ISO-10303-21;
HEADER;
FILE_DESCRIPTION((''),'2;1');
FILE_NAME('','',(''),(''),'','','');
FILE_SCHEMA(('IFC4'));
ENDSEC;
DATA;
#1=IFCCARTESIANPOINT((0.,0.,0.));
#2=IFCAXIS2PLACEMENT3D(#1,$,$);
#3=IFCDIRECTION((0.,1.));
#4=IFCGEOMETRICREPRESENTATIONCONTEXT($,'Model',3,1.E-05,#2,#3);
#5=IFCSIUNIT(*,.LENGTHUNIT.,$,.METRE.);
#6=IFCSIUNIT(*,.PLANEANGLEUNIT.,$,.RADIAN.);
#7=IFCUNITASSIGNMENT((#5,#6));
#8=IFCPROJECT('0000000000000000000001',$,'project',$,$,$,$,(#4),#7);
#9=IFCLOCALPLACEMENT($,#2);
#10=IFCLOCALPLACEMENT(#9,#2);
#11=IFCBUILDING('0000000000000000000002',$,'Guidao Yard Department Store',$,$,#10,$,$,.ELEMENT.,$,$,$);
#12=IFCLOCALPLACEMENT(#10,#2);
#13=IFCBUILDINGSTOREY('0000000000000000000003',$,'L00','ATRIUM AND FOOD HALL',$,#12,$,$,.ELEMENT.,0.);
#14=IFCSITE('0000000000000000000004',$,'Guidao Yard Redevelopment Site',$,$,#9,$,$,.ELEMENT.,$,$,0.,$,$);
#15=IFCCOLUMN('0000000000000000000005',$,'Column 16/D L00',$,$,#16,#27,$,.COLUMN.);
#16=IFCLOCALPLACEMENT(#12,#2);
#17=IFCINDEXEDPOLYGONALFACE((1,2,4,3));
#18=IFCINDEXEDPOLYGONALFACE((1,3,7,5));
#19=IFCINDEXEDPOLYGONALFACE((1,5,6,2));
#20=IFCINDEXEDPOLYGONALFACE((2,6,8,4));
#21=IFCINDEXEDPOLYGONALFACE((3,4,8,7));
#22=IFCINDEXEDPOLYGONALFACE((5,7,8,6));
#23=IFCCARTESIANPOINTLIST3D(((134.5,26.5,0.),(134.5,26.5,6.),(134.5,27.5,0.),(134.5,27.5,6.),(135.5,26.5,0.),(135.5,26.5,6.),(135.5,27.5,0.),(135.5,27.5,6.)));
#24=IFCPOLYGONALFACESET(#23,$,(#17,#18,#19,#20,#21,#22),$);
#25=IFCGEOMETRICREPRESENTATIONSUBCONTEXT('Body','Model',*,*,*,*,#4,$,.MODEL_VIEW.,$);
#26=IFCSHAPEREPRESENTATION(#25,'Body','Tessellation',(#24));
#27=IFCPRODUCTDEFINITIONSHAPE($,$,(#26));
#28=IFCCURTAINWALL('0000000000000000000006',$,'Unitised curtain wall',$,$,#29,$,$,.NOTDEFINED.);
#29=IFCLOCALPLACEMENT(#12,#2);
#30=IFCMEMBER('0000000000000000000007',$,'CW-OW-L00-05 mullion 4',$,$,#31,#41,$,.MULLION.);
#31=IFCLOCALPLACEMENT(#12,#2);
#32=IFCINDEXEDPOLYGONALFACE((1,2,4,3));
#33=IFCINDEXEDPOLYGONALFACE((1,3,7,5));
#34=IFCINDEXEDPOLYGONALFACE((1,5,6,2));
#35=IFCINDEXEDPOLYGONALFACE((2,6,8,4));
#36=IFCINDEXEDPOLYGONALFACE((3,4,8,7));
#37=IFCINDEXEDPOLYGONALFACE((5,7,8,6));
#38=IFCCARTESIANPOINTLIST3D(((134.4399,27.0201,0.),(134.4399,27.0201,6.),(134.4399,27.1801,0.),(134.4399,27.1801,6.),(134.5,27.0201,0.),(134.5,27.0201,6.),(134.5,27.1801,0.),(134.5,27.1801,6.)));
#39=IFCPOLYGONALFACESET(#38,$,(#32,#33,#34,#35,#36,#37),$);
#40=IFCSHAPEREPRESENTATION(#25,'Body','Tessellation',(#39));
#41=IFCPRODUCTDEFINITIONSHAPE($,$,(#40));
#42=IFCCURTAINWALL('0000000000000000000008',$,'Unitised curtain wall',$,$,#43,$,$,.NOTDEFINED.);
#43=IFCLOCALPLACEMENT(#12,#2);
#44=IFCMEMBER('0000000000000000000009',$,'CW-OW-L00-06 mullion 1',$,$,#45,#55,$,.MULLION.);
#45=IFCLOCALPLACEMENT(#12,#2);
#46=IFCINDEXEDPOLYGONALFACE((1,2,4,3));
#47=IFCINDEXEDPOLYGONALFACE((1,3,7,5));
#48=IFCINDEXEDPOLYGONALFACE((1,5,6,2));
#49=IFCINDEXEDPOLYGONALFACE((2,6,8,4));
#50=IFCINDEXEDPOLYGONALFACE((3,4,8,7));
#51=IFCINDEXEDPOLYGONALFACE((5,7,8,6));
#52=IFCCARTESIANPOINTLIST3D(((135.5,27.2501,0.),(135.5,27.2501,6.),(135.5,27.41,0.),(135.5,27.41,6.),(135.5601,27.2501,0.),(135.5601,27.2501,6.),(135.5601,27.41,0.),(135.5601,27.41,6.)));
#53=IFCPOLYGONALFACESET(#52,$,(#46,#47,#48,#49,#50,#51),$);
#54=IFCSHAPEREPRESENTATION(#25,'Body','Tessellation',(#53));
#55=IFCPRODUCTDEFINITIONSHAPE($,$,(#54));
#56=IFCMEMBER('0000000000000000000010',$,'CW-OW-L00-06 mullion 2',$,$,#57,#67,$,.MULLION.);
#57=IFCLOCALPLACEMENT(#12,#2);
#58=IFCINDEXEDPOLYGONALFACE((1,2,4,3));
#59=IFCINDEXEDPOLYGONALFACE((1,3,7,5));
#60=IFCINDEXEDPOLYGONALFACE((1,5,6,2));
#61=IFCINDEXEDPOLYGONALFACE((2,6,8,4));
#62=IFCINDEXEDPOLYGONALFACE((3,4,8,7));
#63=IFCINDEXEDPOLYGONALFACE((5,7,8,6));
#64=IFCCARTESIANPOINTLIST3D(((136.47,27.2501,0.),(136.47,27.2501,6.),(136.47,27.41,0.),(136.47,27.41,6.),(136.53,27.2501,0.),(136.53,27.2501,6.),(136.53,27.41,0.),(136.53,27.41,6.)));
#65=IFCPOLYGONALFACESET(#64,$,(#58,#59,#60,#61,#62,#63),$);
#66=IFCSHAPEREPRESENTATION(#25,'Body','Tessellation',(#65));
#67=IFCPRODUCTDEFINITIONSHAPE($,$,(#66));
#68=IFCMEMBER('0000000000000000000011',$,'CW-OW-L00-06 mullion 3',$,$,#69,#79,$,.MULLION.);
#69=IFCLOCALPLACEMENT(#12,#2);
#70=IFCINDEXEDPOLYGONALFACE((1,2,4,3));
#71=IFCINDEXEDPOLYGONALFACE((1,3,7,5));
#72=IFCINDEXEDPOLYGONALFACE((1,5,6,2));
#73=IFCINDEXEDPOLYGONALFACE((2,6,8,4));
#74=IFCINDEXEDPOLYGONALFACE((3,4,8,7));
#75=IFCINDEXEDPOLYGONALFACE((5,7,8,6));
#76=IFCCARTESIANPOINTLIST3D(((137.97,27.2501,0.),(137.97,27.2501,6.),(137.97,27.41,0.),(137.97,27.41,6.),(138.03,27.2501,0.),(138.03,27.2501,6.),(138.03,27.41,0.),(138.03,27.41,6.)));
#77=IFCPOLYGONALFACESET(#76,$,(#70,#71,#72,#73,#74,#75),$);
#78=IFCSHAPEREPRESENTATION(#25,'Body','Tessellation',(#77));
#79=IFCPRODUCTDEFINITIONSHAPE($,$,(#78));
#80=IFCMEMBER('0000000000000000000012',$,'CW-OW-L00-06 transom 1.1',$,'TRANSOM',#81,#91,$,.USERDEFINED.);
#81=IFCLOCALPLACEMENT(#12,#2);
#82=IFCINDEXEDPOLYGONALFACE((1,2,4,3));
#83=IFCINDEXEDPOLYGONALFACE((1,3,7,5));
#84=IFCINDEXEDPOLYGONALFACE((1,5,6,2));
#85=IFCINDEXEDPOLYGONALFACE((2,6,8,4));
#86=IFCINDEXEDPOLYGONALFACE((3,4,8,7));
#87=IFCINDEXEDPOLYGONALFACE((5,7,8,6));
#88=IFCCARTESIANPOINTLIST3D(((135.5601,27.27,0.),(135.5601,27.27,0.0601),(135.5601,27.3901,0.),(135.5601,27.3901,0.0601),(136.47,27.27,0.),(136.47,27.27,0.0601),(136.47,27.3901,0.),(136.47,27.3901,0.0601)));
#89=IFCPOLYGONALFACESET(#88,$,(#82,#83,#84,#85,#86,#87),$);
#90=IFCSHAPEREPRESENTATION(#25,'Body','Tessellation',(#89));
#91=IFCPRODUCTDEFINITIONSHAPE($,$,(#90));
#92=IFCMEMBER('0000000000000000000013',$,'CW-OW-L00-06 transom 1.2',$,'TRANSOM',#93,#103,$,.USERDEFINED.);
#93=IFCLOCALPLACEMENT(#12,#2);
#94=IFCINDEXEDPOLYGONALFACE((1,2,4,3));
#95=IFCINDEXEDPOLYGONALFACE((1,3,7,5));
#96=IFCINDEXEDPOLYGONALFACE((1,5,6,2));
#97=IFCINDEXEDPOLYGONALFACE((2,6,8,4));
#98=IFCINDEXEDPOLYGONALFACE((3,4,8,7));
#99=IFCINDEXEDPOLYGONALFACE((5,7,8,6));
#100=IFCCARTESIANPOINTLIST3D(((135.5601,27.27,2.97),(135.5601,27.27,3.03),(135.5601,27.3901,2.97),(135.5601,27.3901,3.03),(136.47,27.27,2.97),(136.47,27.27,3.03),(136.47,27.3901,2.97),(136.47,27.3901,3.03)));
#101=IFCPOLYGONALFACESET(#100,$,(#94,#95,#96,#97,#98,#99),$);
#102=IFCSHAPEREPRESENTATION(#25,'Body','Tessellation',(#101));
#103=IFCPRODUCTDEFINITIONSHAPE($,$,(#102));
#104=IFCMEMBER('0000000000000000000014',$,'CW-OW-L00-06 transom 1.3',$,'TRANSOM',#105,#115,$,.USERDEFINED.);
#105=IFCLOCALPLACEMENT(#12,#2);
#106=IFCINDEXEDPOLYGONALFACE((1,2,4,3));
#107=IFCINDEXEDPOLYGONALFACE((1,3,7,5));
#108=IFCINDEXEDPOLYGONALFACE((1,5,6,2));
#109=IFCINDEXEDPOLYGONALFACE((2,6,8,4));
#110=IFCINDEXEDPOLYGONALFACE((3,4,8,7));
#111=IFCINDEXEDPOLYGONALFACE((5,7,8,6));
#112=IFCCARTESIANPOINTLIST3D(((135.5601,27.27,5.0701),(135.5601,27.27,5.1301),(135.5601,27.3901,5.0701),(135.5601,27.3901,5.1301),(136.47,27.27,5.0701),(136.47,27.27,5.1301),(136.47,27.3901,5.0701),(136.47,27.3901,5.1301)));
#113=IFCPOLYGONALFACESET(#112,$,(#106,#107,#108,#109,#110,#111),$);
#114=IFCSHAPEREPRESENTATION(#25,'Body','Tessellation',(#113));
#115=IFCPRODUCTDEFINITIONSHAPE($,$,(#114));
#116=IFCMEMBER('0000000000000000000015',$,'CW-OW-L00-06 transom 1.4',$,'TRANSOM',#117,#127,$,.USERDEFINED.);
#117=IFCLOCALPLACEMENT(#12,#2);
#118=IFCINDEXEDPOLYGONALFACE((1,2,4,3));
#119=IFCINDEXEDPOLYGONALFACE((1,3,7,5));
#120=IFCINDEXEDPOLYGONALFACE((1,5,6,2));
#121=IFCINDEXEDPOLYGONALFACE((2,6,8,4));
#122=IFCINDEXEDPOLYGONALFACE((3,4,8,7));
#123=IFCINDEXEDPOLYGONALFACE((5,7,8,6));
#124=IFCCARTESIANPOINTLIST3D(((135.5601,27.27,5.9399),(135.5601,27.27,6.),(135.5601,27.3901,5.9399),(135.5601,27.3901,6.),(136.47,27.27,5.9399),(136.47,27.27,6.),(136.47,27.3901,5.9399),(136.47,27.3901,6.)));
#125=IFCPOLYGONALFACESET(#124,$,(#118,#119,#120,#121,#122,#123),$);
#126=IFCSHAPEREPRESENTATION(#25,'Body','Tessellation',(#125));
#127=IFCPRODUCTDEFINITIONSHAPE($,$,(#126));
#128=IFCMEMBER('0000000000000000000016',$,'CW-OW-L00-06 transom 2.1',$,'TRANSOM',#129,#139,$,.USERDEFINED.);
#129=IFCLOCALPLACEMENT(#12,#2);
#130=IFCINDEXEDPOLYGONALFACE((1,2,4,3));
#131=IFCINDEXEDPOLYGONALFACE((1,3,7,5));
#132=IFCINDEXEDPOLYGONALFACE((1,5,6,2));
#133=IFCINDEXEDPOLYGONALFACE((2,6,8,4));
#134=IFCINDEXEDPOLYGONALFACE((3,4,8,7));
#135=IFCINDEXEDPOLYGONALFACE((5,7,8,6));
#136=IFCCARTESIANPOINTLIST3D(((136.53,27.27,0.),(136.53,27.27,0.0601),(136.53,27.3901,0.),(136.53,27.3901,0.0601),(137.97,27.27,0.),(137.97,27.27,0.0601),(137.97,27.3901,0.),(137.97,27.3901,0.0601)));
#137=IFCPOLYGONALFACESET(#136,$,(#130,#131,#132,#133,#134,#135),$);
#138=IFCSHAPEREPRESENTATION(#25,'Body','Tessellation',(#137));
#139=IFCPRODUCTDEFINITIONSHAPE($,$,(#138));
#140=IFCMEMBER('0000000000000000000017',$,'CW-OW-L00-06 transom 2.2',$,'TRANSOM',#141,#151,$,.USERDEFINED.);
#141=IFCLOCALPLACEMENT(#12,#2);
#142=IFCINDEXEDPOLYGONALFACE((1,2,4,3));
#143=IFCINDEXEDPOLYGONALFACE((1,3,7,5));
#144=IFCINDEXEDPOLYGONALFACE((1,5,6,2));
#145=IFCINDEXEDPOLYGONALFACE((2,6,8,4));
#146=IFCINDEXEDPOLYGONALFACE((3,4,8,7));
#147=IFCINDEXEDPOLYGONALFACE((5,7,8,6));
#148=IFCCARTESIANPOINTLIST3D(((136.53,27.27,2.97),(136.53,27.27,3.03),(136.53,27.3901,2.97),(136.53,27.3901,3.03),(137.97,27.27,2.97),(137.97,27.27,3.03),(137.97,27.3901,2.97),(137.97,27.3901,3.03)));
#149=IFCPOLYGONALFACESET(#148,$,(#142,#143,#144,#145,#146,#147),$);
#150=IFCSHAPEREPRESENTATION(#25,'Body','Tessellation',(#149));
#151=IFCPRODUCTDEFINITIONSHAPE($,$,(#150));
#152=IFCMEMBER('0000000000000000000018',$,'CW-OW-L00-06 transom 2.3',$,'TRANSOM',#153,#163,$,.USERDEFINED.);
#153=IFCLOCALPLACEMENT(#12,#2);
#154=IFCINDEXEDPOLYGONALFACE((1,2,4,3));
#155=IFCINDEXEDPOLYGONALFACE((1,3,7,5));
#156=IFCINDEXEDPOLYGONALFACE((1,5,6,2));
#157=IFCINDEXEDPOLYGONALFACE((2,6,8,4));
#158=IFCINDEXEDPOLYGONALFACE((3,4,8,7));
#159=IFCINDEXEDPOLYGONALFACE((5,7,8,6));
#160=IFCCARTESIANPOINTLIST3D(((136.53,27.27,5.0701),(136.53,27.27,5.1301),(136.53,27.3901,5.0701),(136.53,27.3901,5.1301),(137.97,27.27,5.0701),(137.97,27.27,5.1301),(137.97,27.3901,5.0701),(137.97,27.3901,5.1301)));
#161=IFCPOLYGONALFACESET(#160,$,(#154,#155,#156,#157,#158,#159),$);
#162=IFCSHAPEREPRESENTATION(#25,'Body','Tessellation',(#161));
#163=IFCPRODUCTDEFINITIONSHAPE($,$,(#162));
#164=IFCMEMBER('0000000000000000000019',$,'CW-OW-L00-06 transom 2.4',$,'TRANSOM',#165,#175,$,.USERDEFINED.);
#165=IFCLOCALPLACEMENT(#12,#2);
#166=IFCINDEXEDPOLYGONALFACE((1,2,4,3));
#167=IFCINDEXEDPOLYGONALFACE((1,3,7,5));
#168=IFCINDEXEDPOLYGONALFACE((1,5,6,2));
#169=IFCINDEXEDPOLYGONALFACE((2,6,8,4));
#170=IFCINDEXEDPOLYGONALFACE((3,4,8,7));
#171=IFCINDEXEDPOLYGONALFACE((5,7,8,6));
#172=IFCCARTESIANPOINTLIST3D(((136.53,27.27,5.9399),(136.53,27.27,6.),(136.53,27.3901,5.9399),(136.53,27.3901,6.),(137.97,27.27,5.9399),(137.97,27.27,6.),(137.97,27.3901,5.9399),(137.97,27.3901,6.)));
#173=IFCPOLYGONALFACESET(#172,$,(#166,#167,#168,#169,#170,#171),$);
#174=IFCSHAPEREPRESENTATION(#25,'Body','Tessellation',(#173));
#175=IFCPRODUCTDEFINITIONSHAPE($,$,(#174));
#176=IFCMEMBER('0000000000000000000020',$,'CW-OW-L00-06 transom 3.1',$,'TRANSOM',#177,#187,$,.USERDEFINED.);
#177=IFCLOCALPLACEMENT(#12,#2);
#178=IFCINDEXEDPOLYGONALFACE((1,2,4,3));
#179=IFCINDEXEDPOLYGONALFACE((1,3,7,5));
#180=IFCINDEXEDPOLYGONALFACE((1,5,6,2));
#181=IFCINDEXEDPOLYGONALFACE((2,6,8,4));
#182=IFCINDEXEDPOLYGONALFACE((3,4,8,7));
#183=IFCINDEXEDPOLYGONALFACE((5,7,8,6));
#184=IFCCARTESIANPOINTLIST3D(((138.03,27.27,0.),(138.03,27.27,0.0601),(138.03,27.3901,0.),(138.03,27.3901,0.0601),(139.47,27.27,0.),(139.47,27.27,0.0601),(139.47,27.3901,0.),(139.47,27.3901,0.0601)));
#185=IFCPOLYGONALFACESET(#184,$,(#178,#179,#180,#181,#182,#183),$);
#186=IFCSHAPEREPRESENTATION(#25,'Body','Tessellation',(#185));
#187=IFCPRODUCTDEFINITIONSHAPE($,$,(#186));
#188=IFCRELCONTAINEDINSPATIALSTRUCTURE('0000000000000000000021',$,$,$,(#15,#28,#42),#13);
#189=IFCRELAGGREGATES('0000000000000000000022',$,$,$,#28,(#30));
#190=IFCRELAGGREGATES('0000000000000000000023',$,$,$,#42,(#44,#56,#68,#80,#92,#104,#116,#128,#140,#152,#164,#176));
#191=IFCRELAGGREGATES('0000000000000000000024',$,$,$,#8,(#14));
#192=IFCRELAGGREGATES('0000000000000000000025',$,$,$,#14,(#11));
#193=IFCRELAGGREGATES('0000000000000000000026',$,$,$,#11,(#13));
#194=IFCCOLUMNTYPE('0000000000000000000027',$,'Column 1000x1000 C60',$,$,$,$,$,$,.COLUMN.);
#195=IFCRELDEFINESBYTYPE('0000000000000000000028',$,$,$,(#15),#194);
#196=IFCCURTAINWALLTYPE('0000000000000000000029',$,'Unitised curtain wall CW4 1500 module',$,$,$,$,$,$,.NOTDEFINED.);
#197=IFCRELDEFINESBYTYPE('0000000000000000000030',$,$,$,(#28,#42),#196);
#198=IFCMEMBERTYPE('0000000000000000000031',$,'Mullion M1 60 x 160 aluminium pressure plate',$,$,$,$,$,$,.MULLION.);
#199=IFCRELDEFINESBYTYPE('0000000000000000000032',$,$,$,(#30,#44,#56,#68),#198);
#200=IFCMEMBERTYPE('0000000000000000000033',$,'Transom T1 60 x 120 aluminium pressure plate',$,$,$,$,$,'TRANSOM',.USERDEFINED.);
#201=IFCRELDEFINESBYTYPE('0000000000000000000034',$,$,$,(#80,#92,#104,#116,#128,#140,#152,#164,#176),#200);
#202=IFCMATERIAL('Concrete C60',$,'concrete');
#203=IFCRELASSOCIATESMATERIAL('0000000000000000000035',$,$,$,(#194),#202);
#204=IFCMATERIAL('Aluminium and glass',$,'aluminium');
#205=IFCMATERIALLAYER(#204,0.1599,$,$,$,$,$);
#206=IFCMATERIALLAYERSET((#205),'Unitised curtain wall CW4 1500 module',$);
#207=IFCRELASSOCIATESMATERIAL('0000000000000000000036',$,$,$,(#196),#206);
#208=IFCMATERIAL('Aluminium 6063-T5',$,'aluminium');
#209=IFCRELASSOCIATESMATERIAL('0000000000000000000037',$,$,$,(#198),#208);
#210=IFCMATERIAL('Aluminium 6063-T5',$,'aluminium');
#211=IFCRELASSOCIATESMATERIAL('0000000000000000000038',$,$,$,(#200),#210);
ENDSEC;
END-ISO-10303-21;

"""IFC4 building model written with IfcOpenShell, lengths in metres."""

from ifc_helpers import new_model, si_unit, direction, frame, origin, origin_2d, place, context, subcontext, project, spatial, rectangle, extrude, material, layer, layer_set, material_profile, profile_set, type_object, element, aggregate, save


model = new_model("IFC4")

# Units and contexts
model_context = context("Model", 3, precision=1e-05, world=origin(), true_north=direction((0.0, 1.0)))
body_context = subcontext(model_context, "Body", "Model", "MODEL_VIEW")
ifc_project = project(units=[si_unit("LENGTHUNIT", "METRE"), si_unit("PLANEANGLEUNIT", "RADIAN")], contexts=[model_context])

# Site, building, storey
site_placement = place(None, origin())
site = spatial("IfcSite", under=ifc_project, at=site_placement, Name="Guidao Yard Redevelopment Site", CompositionType="ELEMENT", RefElevation=0.0)
building_placement = place(site_placement, origin())
building = spatial("IfcBuilding", under=site, at=building_placement, Name="Guidao Yard Department Store", CompositionType="ELEMENT")
storey_placement = place(building_placement, origin())
storey = spatial("IfcBuildingStorey", under=building, at=storey_placement, Name="L00", Description="ATRIUM AND FOOD HALL", CompositionType="ELEMENT", Elevation=0.0)

# Column
ifc_material_1 = material(Name="Concrete C60", Category="concrete")
ifc_material_profile_1 = material_profile(ifc_material_1, rectangle(XDim=1.0, YDim=1.0, at=origin_2d()), Name="COL 1000x1000")
ifc_profile_set_1 = profile_set([ifc_material_profile_1], Name="Concrete C60")
column_type = type_object("IfcColumnType", Name="Column 1000x1000 C60", PredefinedType="COLUMN", material=ifc_profile_set_1)
column_placement = place(storey_placement, frame((135.0, 27.0, 0.0), z_axis=(0.0, 0.0, 1.0), x_axis=(1.0, 0.0, 0.0)))
element("IfcColumn", 1, at=column_placement, inside=storey, type_object=column_type, Name="Column 16/D L00", PredefinedType="COLUMN", context=body_context, shape_type="SweptSolid", body=[
    extrude(rectangle(XDim=1.0, YDim=1.0, at=origin_2d()), origin(), (0.0, 0.0, 1.0), 6.0),
])

# Curtain wall, member
ifc_material_2 = material(Name="Aluminium and glass", Category="aluminium")
ifc_layer_1 = layer(ifc_material_2, 0.1599)
ifc_layer_set_1 = layer_set([ifc_layer_1], Name="Unitised curtain wall CW4 1500 module")
curtain_wall_type = type_object("IfcCurtainWallType", Name="Unitised curtain wall CW4 1500 module", PredefinedType="NOTDEFINED", material=ifc_layer_set_1)
curtain_wall_1_placement = place(storey_placement, origin())
curtain_wall_1 = element("IfcCurtainWall", 2, at=curtain_wall_1_placement, inside=storey, type_object=curtain_wall_type, Name="Unitised curtain wall", PredefinedType="NOTDEFINED")
ifc_material_3 = material(Name="Aluminium 6063-T5", Category="aluminium")
ifc_material_profile_2 = material_profile(ifc_material_3, rectangle(XDim=0.0601, YDim=0.1599, at=origin_2d()), Name="Mullion M1 60 x 160 aluminium pressure plate")
ifc_profile_set_2 = profile_set([ifc_material_profile_2], Name="Aluminium 6063-T5")
member_type_1 = type_object("IfcMemberType", Name="Mullion M1 60 x 160 aluminium pressure plate", PredefinedType="MULLION", material=ifc_profile_set_2)
member_1_placement = place(storey_placement, frame((134.47, 27.1001, 0.0), z_axis=(0.0, 0.0, 1.0), x_axis=(1.0, 0.0, 0.0)))
member_1 = element("IfcMember", 3, at=member_1_placement, type_object=member_type_1, Name="CW-OW-L00-05 mullion 4", PredefinedType="MULLION", context=body_context, shape_type="SweptSolid", body=[
    extrude(rectangle(XDim=0.0601, YDim=0.1599, at=origin_2d()), origin(), (0.0, 0.0, 1.0), 6.0),
])

# Curtain wall, members
curtain_wall_2_placement = place(storey_placement, origin())
curtain_wall_2 = element("IfcCurtainWall", 4, at=curtain_wall_2_placement, inside=storey, type_object=curtain_wall_type, Name="Unitised curtain wall", PredefinedType="NOTDEFINED")
member_2_placement = place(storey_placement, frame((135.53, 27.3301, 0.0), z_axis=(0.0, 0.0, 1.0), x_axis=(1.0, 0.0, 0.0)))
member_2 = element("IfcMember", 5, at=member_2_placement, type_object=member_type_1, Name="CW-OW-L00-06 mullion 1", PredefinedType="MULLION", context=body_context, shape_type="SweptSolid", body=[
    extrude(rectangle(XDim=0.0601, YDim=0.1599, at=origin_2d()), origin(), (0.0, 0.0, 1.0), 6.0),
])
member_3_placement = place(storey_placement, frame((136.5, 27.3301, 0.0), z_axis=(0.0, 0.0, 1.0), x_axis=(1.0, 0.0, 0.0)))
member_3 = element("IfcMember", 6, at=member_3_placement, type_object=member_type_1, Name="CW-OW-L00-06 mullion 2", PredefinedType="MULLION", context=body_context, shape_type="SweptSolid", body=[
    extrude(rectangle(XDim=0.0601, YDim=0.1599, at=origin_2d()), origin(), (0.0, 0.0, 1.0), 6.0),
])
member_4_placement = place(storey_placement, frame((138.0, 27.3301, 0.0), z_axis=(0.0, 0.0, 1.0), x_axis=(1.0, 0.0, 0.0)))
member_4 = element("IfcMember", 7, at=member_4_placement, type_object=member_type_1, Name="CW-OW-L00-06 mullion 3", PredefinedType="MULLION", context=body_context, shape_type="SweptSolid", body=[
    extrude(rectangle(XDim=0.0601, YDim=0.1599, at=origin_2d()), origin(), (0.0, 0.0, 1.0), 6.0),
])
ifc_material_4 = material(Name="Aluminium 6063-T5", Category="aluminium")
ifc_material_profile_3 = material_profile(ifc_material_4, rectangle(XDim=0.1201, YDim=0.0601, at=origin_2d()), Name="Transom T1 60 x 120 aluminium pressure plate")
ifc_profile_set_3 = profile_set([ifc_material_profile_3], Name="Aluminium 6063-T5")
member_type_2 = type_object("IfcMemberType", Name="Transom T1 60 x 120 aluminium pressure plate", ElementType="TRANSOM", PredefinedType="USERDEFINED", material=ifc_profile_set_3)
member_5_placement = place(storey_placement, frame((135.5601, 27.3301, 0.03), z_axis=(1.0, 0.0, 0.0), x_axis=(0.0, 1.0, 0.0)))
member_5 = element("IfcMember", 8, at=member_5_placement, type_object=member_type_2, Name="CW-OW-L00-06 transom 1.1", ObjectType="TRANSOM", PredefinedType="USERDEFINED", context=body_context, shape_type="SweptSolid", body=[
    extrude(rectangle(XDim=0.1201, YDim=0.0601, at=origin_2d()), origin(), (0.0, 0.0, 1.0), 0.9099),
])
member_6_placement = place(storey_placement, frame((135.5601, 27.3301, 3.0), z_axis=(1.0, 0.0, 0.0), x_axis=(0.0, 1.0, 0.0)))
member_6 = element("IfcMember", 9, at=member_6_placement, type_object=member_type_2, Name="CW-OW-L00-06 transom 1.2", ObjectType="TRANSOM", PredefinedType="USERDEFINED", context=body_context, shape_type="SweptSolid", body=[
    extrude(rectangle(XDim=0.1201, YDim=0.0601, at=origin_2d()), origin(), (0.0, 0.0, 1.0), 0.9099),
])
member_7_placement = place(storey_placement, frame((135.5601, 27.3301, 5.1001), z_axis=(1.0, 0.0, 0.0), x_axis=(0.0, 1.0, 0.0)))
member_7 = element("IfcMember", 10, at=member_7_placement, type_object=member_type_2, Name="CW-OW-L00-06 transom 1.3", ObjectType="TRANSOM", PredefinedType="USERDEFINED", context=body_context, shape_type="SweptSolid", body=[
    extrude(rectangle(XDim=0.1201, YDim=0.0601, at=origin_2d()), origin(), (0.0, 0.0, 1.0), 0.9099),
])
member_8_placement = place(storey_placement, frame((135.5601, 27.3301, 5.97), z_axis=(1.0, 0.0, 0.0), x_axis=(0.0, 1.0, 0.0)))
member_8 = element("IfcMember", 11, at=member_8_placement, type_object=member_type_2, Name="CW-OW-L00-06 transom 1.4", ObjectType="TRANSOM", PredefinedType="USERDEFINED", context=body_context, shape_type="SweptSolid", body=[
    extrude(rectangle(XDim=0.1201, YDim=0.0601, at=origin_2d()), origin(), (0.0, 0.0, 1.0), 0.9099),
])
member_9_placement = place(storey_placement, frame((136.53, 27.3301, 0.03), z_axis=(1.0, 0.0, 0.0), x_axis=(0.0, 1.0, 0.0)))
member_9 = element("IfcMember", 12, at=member_9_placement, type_object=member_type_2, Name="CW-OW-L00-06 transom 2.1", ObjectType="TRANSOM", PredefinedType="USERDEFINED", context=body_context, shape_type="SweptSolid", body=[
    extrude(rectangle(XDim=0.1201, YDim=0.0601, at=origin_2d()), origin(), (0.0, 0.0, 1.0), 1.4399),
])
member_10_placement = place(storey_placement, frame((136.53, 27.3301, 3.0), z_axis=(1.0, 0.0, 0.0), x_axis=(0.0, 1.0, 0.0)))
member_10 = element("IfcMember", 13, at=member_10_placement, type_object=member_type_2, Name="CW-OW-L00-06 transom 2.2", ObjectType="TRANSOM", PredefinedType="USERDEFINED", context=body_context, shape_type="SweptSolid", body=[
    extrude(rectangle(XDim=0.1201, YDim=0.0601, at=origin_2d()), origin(), (0.0, 0.0, 1.0), 1.4399),
])
member_11_placement = place(storey_placement, frame((136.53, 27.3301, 5.1001), z_axis=(1.0, 0.0, 0.0), x_axis=(0.0, 1.0, 0.0)))
member_11 = element("IfcMember", 14, at=member_11_placement, type_object=member_type_2, Name="CW-OW-L00-06 transom 2.3", ObjectType="TRANSOM", PredefinedType="USERDEFINED", context=body_context, shape_type="SweptSolid", body=[
    extrude(rectangle(XDim=0.1201, YDim=0.0601, at=origin_2d()), origin(), (0.0, 0.0, 1.0), 1.4399),
])
member_12_placement = place(storey_placement, frame((136.53, 27.3301, 5.97), z_axis=(1.0, 0.0, 0.0), x_axis=(0.0, 1.0, 0.0)))
member_12 = element("IfcMember", 15, at=member_12_placement, type_object=member_type_2, Name="CW-OW-L00-06 transom 2.4", ObjectType="TRANSOM", PredefinedType="USERDEFINED", context=body_context, shape_type="SweptSolid", body=[
    extrude(rectangle(XDim=0.1201, YDim=0.0601, at=origin_2d()), origin(), (0.0, 0.0, 1.0), 1.4399),
])
member_13_placement = place(storey_placement, frame((138.03, 27.3301, 0.03), z_axis=(1.0, 0.0, 0.0), x_axis=(0.0, 1.0, 0.0)))
member_13 = element("IfcMember", 16, at=member_13_placement, type_object=member_type_2, Name="CW-OW-L00-06 transom 3.1", ObjectType="TRANSOM", PredefinedType="USERDEFINED", context=body_context, shape_type="SweptSolid", body=[
    extrude(rectangle(XDim=0.1201, YDim=0.0601, at=origin_2d()), origin(), (0.0, 0.0, 1.0), 1.4399),
])

aggregate(curtain_wall_1, [member_1])
aggregate(curtain_wall_2, [member_2, member_3, member_4, member_5, member_6, member_7, member_8, member_9, member_10, member_11, member_12, member_13])

save(model, "model.ifc")
